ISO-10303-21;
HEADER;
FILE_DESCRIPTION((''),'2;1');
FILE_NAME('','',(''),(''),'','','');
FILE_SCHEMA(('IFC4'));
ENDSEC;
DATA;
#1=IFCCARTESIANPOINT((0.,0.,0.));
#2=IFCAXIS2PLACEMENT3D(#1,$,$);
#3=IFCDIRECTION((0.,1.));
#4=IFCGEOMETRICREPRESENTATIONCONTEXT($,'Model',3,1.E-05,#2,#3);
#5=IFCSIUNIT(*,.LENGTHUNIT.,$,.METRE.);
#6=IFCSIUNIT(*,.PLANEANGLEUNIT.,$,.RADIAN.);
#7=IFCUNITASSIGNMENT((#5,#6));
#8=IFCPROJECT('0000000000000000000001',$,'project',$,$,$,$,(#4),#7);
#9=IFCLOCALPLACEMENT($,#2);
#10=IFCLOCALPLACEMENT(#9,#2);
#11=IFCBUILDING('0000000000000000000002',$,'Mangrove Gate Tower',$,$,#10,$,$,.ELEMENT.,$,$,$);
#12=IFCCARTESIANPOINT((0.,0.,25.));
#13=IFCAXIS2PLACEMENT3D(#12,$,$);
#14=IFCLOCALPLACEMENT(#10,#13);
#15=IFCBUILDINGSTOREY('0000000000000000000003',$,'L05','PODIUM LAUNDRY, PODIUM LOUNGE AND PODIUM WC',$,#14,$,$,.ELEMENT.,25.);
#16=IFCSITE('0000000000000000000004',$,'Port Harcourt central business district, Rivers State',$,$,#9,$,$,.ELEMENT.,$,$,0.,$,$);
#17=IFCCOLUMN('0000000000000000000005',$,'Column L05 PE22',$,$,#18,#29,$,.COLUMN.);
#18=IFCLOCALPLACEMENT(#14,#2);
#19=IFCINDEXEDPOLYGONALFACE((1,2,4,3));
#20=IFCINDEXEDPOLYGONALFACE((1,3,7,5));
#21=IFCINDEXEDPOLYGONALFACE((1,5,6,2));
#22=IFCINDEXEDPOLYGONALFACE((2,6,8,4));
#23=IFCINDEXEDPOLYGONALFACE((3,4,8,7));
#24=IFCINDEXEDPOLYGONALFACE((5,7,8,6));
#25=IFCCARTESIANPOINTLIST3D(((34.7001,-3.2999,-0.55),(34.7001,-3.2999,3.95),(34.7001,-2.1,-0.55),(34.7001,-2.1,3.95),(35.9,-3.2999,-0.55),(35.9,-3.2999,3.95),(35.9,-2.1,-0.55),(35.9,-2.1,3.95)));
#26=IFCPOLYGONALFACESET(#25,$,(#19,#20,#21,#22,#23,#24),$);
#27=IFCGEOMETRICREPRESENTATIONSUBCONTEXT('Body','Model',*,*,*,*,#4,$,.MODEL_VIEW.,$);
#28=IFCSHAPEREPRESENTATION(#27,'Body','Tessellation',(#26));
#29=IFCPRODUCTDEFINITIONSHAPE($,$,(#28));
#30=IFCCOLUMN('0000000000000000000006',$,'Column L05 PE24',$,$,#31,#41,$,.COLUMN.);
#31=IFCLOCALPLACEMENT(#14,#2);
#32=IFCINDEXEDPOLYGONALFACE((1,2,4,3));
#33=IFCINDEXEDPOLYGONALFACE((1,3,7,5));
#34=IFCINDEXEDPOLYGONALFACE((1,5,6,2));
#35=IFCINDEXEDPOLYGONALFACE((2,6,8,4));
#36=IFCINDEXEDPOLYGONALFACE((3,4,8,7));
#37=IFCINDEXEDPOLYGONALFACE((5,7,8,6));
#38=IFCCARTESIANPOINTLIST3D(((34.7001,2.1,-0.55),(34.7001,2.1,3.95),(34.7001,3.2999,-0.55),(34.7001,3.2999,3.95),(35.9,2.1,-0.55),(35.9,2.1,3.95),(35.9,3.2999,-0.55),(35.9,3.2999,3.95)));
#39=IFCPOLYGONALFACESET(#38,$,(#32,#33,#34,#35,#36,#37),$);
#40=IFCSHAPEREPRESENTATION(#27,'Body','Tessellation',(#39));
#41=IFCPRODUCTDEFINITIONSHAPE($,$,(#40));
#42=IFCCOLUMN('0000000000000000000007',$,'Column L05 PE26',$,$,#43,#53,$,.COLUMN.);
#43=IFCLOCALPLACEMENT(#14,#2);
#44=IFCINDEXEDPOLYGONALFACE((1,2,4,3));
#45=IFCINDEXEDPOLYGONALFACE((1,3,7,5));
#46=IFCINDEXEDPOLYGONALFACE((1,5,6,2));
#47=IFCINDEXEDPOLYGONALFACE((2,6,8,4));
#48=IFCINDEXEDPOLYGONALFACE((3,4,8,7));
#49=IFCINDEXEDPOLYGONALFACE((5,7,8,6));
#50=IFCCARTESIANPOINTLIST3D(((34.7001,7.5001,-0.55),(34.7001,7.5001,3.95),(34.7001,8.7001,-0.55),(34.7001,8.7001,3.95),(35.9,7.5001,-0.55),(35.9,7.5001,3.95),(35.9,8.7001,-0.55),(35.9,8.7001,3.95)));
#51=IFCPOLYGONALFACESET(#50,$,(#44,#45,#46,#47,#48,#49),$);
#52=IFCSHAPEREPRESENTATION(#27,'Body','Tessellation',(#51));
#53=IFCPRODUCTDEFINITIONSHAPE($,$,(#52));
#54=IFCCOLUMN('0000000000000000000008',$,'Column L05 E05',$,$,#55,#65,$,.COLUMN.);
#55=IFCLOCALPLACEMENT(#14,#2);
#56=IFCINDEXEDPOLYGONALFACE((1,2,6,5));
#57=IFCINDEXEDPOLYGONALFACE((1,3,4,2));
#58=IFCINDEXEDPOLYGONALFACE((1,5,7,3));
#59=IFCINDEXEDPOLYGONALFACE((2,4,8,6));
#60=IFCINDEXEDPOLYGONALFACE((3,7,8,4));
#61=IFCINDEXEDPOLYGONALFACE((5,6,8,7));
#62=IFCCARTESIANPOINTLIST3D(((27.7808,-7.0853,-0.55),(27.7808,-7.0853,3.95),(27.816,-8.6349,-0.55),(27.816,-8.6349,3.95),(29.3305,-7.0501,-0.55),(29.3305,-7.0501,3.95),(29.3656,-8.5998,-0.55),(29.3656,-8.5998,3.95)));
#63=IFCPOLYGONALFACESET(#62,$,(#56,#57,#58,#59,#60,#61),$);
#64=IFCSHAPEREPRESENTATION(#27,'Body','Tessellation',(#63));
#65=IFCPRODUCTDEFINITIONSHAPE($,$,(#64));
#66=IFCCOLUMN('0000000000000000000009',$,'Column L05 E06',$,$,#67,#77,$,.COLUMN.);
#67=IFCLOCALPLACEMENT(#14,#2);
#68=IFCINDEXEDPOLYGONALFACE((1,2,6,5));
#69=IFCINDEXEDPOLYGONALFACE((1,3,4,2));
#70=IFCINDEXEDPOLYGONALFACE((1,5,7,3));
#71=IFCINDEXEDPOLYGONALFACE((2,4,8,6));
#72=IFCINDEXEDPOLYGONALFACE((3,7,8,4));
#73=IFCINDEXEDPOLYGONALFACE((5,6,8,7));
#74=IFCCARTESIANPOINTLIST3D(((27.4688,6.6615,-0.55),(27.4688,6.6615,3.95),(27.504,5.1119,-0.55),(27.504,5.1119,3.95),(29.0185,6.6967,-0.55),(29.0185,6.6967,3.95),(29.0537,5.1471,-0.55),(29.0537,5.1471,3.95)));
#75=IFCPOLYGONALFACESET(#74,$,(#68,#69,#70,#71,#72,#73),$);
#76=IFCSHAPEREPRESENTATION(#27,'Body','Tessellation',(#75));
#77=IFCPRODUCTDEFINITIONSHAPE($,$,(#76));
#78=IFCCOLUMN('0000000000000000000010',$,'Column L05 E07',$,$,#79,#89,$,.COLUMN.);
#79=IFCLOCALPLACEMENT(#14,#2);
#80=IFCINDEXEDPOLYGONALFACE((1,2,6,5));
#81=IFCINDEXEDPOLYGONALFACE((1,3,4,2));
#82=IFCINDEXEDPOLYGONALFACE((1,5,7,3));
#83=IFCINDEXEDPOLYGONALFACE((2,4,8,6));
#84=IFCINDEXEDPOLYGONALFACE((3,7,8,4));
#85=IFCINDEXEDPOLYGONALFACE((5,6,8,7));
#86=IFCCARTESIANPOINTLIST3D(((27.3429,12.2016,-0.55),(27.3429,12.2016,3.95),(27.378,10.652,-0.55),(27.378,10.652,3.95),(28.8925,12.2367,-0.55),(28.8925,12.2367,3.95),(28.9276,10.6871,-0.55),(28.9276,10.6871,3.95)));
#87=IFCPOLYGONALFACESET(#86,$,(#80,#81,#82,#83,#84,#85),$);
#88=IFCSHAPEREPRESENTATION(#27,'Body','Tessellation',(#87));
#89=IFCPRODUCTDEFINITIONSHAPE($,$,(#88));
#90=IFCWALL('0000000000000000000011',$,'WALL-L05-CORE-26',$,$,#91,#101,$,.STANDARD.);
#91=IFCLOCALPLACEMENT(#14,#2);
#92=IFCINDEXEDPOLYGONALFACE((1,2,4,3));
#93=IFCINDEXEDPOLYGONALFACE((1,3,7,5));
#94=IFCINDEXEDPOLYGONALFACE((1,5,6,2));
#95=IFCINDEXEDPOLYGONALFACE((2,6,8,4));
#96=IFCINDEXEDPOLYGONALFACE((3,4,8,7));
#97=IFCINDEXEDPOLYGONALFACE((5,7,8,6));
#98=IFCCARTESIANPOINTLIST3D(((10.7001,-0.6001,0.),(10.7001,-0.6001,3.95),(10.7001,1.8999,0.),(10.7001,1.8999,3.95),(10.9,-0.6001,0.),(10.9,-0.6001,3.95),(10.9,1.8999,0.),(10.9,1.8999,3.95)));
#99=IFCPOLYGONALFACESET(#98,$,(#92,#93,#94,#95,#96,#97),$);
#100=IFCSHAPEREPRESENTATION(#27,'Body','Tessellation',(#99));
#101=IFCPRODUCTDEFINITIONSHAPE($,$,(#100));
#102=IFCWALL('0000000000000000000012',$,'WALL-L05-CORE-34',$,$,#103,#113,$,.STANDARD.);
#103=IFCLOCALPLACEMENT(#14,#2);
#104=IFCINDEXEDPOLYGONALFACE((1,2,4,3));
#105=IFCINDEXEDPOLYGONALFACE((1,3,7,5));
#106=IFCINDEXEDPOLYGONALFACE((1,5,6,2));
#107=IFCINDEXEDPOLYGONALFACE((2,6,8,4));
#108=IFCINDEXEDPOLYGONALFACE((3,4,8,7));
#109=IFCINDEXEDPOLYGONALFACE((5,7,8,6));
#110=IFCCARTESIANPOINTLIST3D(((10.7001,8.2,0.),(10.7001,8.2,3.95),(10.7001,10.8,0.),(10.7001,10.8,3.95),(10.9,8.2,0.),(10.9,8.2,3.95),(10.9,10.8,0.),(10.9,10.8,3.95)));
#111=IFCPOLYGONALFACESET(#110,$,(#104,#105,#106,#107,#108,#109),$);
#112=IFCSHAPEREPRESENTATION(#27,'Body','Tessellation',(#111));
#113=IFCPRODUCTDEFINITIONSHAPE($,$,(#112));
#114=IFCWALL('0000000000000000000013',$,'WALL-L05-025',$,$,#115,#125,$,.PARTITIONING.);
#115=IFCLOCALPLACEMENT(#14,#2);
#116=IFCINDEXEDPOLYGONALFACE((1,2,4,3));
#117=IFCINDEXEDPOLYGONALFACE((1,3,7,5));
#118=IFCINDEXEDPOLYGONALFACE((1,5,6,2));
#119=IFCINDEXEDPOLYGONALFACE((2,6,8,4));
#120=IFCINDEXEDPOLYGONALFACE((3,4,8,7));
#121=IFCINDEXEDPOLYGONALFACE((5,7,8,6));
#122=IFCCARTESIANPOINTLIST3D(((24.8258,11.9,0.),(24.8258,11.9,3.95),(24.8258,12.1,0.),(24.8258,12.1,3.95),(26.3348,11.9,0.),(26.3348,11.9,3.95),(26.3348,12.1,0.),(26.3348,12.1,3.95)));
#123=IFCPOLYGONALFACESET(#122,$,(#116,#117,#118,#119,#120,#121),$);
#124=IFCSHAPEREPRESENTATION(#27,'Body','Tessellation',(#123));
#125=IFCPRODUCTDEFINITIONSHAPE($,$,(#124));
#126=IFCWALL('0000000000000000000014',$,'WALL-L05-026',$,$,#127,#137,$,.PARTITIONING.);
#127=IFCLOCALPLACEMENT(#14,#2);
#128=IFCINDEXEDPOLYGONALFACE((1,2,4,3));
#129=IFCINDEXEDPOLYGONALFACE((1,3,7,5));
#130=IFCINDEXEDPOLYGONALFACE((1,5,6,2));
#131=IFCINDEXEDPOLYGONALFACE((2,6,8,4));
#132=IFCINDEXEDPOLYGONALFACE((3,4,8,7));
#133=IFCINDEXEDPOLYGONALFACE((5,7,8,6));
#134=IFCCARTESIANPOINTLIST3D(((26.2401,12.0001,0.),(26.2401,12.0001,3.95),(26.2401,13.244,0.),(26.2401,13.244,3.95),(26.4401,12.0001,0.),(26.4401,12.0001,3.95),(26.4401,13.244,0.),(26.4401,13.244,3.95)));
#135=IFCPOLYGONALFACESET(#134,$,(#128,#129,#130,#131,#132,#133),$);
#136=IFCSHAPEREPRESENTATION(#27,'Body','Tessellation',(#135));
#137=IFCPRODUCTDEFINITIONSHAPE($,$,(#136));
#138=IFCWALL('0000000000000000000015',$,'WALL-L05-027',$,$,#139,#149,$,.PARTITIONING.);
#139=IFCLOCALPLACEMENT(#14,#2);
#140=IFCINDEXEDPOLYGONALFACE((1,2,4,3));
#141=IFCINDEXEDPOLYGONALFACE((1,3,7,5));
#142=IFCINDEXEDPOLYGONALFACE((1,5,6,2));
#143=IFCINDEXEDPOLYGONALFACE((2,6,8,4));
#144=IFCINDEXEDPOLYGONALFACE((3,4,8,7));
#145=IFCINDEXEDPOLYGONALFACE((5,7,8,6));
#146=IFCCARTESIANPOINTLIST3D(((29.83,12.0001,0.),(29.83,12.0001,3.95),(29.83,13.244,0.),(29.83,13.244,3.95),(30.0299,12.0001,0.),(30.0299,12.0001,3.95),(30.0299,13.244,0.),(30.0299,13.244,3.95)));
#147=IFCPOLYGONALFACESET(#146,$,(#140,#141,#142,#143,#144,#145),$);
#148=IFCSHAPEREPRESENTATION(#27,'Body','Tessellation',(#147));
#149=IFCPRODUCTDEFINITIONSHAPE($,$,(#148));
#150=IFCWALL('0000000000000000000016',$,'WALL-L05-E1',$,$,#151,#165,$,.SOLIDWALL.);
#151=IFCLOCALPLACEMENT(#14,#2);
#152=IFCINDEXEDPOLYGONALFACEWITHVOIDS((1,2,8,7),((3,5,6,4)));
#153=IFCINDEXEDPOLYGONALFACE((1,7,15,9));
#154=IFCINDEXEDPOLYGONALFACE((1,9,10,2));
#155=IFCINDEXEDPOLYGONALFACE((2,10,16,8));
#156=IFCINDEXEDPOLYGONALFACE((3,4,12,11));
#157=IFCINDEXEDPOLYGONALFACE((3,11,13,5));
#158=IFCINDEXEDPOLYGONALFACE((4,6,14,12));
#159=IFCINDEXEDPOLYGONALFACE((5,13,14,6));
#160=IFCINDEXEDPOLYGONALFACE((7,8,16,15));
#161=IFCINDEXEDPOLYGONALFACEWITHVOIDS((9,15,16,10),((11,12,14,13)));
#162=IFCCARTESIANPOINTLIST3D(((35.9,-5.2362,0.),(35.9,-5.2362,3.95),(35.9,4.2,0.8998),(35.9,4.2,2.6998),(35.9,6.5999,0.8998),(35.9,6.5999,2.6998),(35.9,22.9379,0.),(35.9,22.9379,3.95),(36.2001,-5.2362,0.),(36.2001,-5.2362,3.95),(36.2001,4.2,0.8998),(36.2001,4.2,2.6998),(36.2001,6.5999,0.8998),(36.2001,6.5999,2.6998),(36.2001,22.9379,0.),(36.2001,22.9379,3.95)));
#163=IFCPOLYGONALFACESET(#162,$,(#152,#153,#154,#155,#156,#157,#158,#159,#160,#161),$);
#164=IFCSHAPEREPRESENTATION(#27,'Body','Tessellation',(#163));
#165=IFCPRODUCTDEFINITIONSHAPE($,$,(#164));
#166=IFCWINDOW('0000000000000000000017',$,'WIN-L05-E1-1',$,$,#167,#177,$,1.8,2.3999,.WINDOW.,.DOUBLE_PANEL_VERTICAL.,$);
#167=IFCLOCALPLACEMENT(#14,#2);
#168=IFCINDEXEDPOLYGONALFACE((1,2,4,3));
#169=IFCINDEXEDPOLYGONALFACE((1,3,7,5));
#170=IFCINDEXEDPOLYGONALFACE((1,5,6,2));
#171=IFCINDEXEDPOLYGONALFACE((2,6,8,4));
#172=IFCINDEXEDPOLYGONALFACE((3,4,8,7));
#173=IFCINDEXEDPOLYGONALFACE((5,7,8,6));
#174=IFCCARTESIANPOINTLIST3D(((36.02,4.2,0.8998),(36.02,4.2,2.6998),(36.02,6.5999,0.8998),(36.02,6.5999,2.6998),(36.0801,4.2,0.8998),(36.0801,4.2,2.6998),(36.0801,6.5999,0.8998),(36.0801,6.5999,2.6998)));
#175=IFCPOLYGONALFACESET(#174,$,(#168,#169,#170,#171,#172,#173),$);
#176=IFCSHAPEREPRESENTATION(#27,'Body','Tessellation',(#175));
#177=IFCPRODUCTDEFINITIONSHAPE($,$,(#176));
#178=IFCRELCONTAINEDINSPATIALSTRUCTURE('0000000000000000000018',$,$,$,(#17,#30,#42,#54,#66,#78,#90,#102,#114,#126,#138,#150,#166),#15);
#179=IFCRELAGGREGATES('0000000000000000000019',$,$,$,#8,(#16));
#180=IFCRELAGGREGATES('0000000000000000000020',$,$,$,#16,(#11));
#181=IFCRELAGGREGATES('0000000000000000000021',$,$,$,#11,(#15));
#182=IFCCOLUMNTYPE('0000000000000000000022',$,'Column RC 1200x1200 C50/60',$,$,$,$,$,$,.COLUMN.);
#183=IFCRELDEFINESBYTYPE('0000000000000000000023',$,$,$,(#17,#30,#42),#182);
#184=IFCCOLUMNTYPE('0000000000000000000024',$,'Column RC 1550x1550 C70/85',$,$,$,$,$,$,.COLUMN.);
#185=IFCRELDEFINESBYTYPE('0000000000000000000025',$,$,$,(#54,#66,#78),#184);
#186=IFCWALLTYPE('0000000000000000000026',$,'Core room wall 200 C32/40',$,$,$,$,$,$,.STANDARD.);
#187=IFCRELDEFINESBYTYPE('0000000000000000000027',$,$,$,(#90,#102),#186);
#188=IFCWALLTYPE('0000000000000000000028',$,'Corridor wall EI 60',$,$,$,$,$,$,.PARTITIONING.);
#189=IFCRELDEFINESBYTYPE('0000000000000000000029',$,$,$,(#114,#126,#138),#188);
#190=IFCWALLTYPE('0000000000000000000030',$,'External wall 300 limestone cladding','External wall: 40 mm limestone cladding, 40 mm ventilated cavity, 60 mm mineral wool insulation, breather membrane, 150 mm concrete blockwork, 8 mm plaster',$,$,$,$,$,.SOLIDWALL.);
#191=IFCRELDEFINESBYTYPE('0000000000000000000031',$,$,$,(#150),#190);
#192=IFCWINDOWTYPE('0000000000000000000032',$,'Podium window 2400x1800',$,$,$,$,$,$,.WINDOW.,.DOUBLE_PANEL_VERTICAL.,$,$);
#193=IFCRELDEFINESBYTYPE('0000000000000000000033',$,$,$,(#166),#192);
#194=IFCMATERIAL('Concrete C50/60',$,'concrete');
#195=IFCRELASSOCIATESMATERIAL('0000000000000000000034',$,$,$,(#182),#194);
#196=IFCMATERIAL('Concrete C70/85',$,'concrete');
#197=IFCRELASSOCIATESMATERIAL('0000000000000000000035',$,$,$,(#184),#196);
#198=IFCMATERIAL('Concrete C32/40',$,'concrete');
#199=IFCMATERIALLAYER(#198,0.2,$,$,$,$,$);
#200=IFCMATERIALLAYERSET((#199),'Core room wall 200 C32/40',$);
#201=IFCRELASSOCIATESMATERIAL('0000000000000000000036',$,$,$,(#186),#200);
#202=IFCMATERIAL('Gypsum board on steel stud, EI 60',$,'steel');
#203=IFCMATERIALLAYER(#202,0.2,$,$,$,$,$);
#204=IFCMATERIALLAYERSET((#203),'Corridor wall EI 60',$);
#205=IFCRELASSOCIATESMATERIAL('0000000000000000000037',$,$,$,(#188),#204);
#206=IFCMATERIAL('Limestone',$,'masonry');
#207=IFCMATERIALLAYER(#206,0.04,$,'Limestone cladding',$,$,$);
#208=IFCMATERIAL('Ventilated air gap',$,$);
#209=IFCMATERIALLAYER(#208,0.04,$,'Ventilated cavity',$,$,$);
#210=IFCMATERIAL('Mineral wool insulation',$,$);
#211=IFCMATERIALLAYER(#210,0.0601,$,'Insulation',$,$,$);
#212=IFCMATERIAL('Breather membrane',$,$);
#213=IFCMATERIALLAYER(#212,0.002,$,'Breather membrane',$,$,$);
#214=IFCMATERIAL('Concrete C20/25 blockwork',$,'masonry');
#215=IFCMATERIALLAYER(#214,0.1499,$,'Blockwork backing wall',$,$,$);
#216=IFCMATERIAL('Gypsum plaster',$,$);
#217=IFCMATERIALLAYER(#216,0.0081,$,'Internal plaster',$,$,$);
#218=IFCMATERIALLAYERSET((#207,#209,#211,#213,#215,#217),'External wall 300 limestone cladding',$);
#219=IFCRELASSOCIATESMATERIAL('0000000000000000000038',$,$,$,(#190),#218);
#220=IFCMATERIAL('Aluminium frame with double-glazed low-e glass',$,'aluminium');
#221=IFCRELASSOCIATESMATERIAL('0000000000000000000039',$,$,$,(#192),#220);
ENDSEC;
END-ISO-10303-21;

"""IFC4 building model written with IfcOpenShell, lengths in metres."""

from ifc_helpers import new_model, si_unit, direction, frame, frame_2d, origin, origin_2d, place, context, subcontext, project, spatial, rectangle, extrude, material, layer, layer_set, material_profile, profile_set, type_object, element, fill, save


model = new_model("IFC4")

# Units and contexts
model_context = context("Model", 3, precision=1e-05, world=origin(), true_north=direction((0.0, 1.0)))
body_context = subcontext(model_context, "Body", "Model", "MODEL_VIEW")
ifc_project = project(units=[si_unit("LENGTHUNIT", "METRE"), si_unit("PLANEANGLEUNIT", "RADIAN")], contexts=[model_context])

# Site, building, storey
site_placement = place(None, origin())
site = spatial("IfcSite", under=ifc_project, at=site_placement, Name="Port Harcourt central business district, Rivers State", CompositionType="ELEMENT", RefElevation=0.0)
building_placement = place(site_placement, origin())
building = spatial("IfcBuilding", under=site, at=building_placement, Name="Mangrove Gate Tower", CompositionType="ELEMENT")
storey_placement = place(building_placement, frame((0.0, 0.0, 25.0)))
storey = spatial("IfcBuildingStorey", under=building, at=storey_placement, Name="L05", Description="PODIUM LAUNDRY, PODIUM LOUNGE AND PODIUM WC", CompositionType="ELEMENT", Elevation=25.0)

# Columns
ifc_material_1 = material(Name="Concrete C50/60", Category="concrete")
ifc_material_profile_1 = material_profile(ifc_material_1, rectangle(XDim=1.2, YDim=1.2, at=origin_2d()))
ifc_profile_set_1 = profile_set([ifc_material_profile_1], Name="Concrete C50/60")
column_type_1 = type_object("IfcColumnType", Name="Column RC 1200x1200 C50/60", PredefinedType="COLUMN", material=ifc_profile_set_1)
for number, where, z_axis, x_axis, name in (
    (1, (35.3, -2.7, -0.55), (0.0, 0.0, 1.0), (1.0, 0.0, 0.0), "Column L05 PE22"),
    (2, (35.3, 2.7, -0.55), (0.0, 0.0, 1.0), (1.0, 0.0, 0.0), "Column L05 PE24"),
    (3, (35.3, 8.1001, -0.55), (0.0, 0.0, 1.0), (1.0, 0.0, 0.0), "Column L05 PE26"),
):
    element("IfcColumn", number, at=place(storey_placement, frame(where, z_axis=z_axis, x_axis=x_axis)), inside=storey, type_object=column_type_1, Name=name, PredefinedType="COLUMN", context=body_context, shape_type="SweptSolid", body=[
        extrude(rectangle(XDim=1.2, YDim=1.2, at=origin_2d()), origin(), (0.0, 0.0, 1.0), 4.5),
    ])
ifc_material_2 = material(Name="Concrete C70/85", Category="concrete")
ifc_material_profile_2 = material_profile(ifc_material_2, rectangle(XDim=1.55, YDim=1.55, at=origin_2d()))
ifc_profile_set_2 = profile_set([ifc_material_profile_2], Name="Concrete C70/85")
column_type_2 = type_object("IfcColumnType", Name="Column RC 1550x1550 C70/85", PredefinedType="COLUMN", material=ifc_profile_set_2)
for number, where, z_axis, x_axis, name in (
    (4, (28.5732, -7.8425, -0.55), (0.0, 0.0, 1.0), (-0.022681, 0.999743, 0.0), "Column L05 E05"),
    (5, (28.2612, 5.9043, -0.55), (0.0, 0.0, 1.0), (-0.022704, 0.999742, 0.0), "Column L05 E06"),
    (6, (28.1353, 11.4443, -0.55), (0.0, 0.0, 1.0), (-0.022646, 0.999744, 0.0), "Column L05 E07"),
):
    element("IfcColumn", number, at=place(storey_placement, frame(where, z_axis=z_axis, x_axis=x_axis)), inside=storey, type_object=column_type_2, Name=name, PredefinedType="COLUMN", context=body_context, shape_type="SweptSolid", body=[
        extrude(rectangle(XDim=1.55, YDim=1.55, at=origin_2d()), origin(), (0.0, 0.0, 1.0), 4.5),
    ])

# Walls
ifc_material_3 = material(Name="Concrete C32/40", Category="concrete")
ifc_layer_1 = layer(ifc_material_3, 0.2)
ifc_layer_set_1 = layer_set([ifc_layer_1], Name="Core room wall 200 C32/40")
wall_type_1 = type_object("IfcWallType", Name="Core room wall 200 C32/40", PredefinedType="STANDARD", material=ifc_layer_set_1)
wall_1_placement = place(storey_placement, frame((10.8, -0.6001, 0.0), z_axis=(0.0, 0.0, 1.0), x_axis=(0.0, 1.0, 0.0)))
element("IfcWall", 7, at=wall_1_placement, inside=storey, type_object=wall_type_1, Name="WALL-L05-CORE-26", PredefinedType="STANDARD", context=body_context, shape_type="SweptSolid", body=[
    extrude(rectangle(XDim=2.5, YDim=0.2, at=frame_2d((1.25, 0.0))), origin(), (0.0, 0.0, 1.0), 3.95),
])
wall_2_placement = place(storey_placement, frame((10.8, 8.2, 0.0), z_axis=(0.0, 0.0, 1.0), x_axis=(0.0, 1.0, 0.0)))
element("IfcWall", 8, at=wall_2_placement, inside=storey, type_object=wall_type_1, Name="WALL-L05-CORE-34", PredefinedType="STANDARD", context=body_context, shape_type="SweptSolid", body=[
    extrude(rectangle(XDim=2.6001, YDim=0.2, at=frame_2d((1.3, 0.0))), origin(), (0.0, 0.0, 1.0), 3.95),
])
ifc_material_4 = material(Name="Gypsum board on steel stud, EI 60", Category="steel")
ifc_layer_2 = layer(ifc_material_4, 0.2)
ifc_layer_set_2 = layer_set([ifc_layer_2], Name="Corridor wall EI 60")
wall_type_2 = type_object("IfcWallType", Name="Corridor wall EI 60", PredefinedType="PARTITIONING", material=ifc_layer_set_2)
wall_3_placement = place(storey_placement, frame((24.8259, 12.0, 0.0), z_axis=(0.0, 0.0, 1.0), x_axis=(1.0, 0.0, 0.0)))
element("IfcWall", 9, at=wall_3_placement, inside=storey, type_object=wall_type_2, Name="WALL-L05-025", PredefinedType="PARTITIONING", context=body_context, shape_type="SweptSolid", body=[
    extrude(rectangle(XDim=1.509, YDim=0.2, at=frame_2d((0.7544, 0.0))), origin(), (0.0, 0.0, 1.0), 3.95),
])
for number, where, z_axis, x_axis, name in (
    (10, (26.3401, 12.0, 0.0), (0.0, 0.0, 1.0), (0.0, 1.0, 0.0), "WALL-L05-026"),
    (11, (29.9299, 12.0, 0.0), (0.0, 0.0, 1.0), (0.0, 1.0, 0.0), "WALL-L05-027"),
):
    element("IfcWall", number, at=place(storey_placement, frame(where, z_axis=z_axis, x_axis=x_axis)), inside=storey, type_object=wall_type_2, Name=name, PredefinedType="PARTITIONING", context=body_context, shape_type="SweptSolid", body=[
        extrude(rectangle(XDim=1.2439, YDim=0.2, at=frame_2d((0.6221, 0.0))), origin(), (0.0, 0.0, 1.0), 3.95),
    ])

# Wall, opening, window
ifc_material_5 = material(Name="Limestone", Category="masonry")
ifc_layer_3 = layer(ifc_material_5, 0.04, Name="Limestone cladding")
ifc_material_6 = material(Name="Ventilated air gap")
ifc_layer_4 = layer(ifc_material_6, 0.04, Name="Ventilated cavity")
ifc_material_7 = material(Name="Mineral wool insulation")
ifc_layer_5 = layer(ifc_material_7, 0.0601, Name="Insulation")
ifc_material_8 = material(Name="Breather membrane")
ifc_layer_6 = layer(ifc_material_8, 0.002, Name="Breather membrane")
ifc_material_9 = material(Name="Concrete C20/25 blockwork", Category="masonry")
ifc_layer_7 = layer(ifc_material_9, 0.1499, Name="Blockwork backing wall")
ifc_material_10 = material(Name="Gypsum plaster")
ifc_layer_8 = layer(ifc_material_10, 0.0081, Name="Internal plaster")
ifc_layer_set_3 = layer_set([ifc_layer_3, ifc_layer_4, ifc_layer_5, ifc_layer_6, ifc_layer_7, ifc_layer_8], Name="External wall 300 limestone cladding")
wall_type_3 = type_object("IfcWallType", Name="External wall 300 limestone cladding", Description="External wall: 40 mm limestone cladding, 40 mm ventilated cavity, 60 mm mineral wool insulation, breather membrane, 150 mm concrete blockwork, 8 mm plaster", PredefinedType="SOLIDWALL", material=ifc_layer_set_3)
wall_4_placement = place(storey_placement, frame((36.05, -5.2361, 0.0), z_axis=(0.0, 0.0, 1.0), x_axis=(0.0, 1.0, 0.0)))
wall_4 = element("IfcWall", 12, at=wall_4_placement, inside=storey, type_object=wall_type_3, Name="WALL-L05-E1", PredefinedType="SOLIDWALL", context=body_context, shape_type="SweptSolid", body=[
    extrude(rectangle(XDim=28.1741, YDim=0.3, at=frame_2d((14.0869, 0.0))), origin(), (0.0, 0.0, 1.0), 3.95),
])
opening_placement = place(wall_4_placement, frame((9.436, 0.0, 0.8999)))
opening = element("IfcOpeningElement", 13, at=opening_placement, cuts=wall_4, PredefinedType="OPENING", context=body_context, shape_type="SweptSolid", body=[
    extrude(rectangle(XDim=2.3999, YDim=1.8, at=frame_2d((1.2, 0.8999))), frame((0.0, 0.1599, 0.0), z_axis=(0.0, -1.0, 0.0), x_axis=(1.0, 0.0, 0.0)), (0.0, 0.0, 1.0), 0.3201),
])
ifc_material_11 = material(Name="Aluminium frame with double-glazed low-e glass", Category="aluminium")
window_type = type_object("IfcWindowType", Name="Podium window 2400x1800", PartitioningType="DOUBLE_PANEL_VERTICAL", PredefinedType="WINDOW", material=ifc_material_11)
window_placement = place(opening_placement, origin())
window = element("IfcWindow", 14, at=window_placement, inside=storey, type_object=window_type, Name="WIN-L05-E1-1", OverallHeight=1.8, OverallWidth=2.3999, PartitioningType="DOUBLE_PANEL_VERTICAL", PredefinedType="WINDOW", context=body_context, shape_type="SweptSolid", body=[
    extrude(rectangle(XDim=2.3999, YDim=1.8, at=frame_2d((1.2, 0.8999))), frame((0.0, 0.03, 0.0), z_axis=(0.0, -1.0, 0.0), x_axis=(1.0, 0.0, 0.0)), (0.0, 0.0, 1.0), 0.0601),
])
fill(opening, window)

save(model, "model.ifc")
